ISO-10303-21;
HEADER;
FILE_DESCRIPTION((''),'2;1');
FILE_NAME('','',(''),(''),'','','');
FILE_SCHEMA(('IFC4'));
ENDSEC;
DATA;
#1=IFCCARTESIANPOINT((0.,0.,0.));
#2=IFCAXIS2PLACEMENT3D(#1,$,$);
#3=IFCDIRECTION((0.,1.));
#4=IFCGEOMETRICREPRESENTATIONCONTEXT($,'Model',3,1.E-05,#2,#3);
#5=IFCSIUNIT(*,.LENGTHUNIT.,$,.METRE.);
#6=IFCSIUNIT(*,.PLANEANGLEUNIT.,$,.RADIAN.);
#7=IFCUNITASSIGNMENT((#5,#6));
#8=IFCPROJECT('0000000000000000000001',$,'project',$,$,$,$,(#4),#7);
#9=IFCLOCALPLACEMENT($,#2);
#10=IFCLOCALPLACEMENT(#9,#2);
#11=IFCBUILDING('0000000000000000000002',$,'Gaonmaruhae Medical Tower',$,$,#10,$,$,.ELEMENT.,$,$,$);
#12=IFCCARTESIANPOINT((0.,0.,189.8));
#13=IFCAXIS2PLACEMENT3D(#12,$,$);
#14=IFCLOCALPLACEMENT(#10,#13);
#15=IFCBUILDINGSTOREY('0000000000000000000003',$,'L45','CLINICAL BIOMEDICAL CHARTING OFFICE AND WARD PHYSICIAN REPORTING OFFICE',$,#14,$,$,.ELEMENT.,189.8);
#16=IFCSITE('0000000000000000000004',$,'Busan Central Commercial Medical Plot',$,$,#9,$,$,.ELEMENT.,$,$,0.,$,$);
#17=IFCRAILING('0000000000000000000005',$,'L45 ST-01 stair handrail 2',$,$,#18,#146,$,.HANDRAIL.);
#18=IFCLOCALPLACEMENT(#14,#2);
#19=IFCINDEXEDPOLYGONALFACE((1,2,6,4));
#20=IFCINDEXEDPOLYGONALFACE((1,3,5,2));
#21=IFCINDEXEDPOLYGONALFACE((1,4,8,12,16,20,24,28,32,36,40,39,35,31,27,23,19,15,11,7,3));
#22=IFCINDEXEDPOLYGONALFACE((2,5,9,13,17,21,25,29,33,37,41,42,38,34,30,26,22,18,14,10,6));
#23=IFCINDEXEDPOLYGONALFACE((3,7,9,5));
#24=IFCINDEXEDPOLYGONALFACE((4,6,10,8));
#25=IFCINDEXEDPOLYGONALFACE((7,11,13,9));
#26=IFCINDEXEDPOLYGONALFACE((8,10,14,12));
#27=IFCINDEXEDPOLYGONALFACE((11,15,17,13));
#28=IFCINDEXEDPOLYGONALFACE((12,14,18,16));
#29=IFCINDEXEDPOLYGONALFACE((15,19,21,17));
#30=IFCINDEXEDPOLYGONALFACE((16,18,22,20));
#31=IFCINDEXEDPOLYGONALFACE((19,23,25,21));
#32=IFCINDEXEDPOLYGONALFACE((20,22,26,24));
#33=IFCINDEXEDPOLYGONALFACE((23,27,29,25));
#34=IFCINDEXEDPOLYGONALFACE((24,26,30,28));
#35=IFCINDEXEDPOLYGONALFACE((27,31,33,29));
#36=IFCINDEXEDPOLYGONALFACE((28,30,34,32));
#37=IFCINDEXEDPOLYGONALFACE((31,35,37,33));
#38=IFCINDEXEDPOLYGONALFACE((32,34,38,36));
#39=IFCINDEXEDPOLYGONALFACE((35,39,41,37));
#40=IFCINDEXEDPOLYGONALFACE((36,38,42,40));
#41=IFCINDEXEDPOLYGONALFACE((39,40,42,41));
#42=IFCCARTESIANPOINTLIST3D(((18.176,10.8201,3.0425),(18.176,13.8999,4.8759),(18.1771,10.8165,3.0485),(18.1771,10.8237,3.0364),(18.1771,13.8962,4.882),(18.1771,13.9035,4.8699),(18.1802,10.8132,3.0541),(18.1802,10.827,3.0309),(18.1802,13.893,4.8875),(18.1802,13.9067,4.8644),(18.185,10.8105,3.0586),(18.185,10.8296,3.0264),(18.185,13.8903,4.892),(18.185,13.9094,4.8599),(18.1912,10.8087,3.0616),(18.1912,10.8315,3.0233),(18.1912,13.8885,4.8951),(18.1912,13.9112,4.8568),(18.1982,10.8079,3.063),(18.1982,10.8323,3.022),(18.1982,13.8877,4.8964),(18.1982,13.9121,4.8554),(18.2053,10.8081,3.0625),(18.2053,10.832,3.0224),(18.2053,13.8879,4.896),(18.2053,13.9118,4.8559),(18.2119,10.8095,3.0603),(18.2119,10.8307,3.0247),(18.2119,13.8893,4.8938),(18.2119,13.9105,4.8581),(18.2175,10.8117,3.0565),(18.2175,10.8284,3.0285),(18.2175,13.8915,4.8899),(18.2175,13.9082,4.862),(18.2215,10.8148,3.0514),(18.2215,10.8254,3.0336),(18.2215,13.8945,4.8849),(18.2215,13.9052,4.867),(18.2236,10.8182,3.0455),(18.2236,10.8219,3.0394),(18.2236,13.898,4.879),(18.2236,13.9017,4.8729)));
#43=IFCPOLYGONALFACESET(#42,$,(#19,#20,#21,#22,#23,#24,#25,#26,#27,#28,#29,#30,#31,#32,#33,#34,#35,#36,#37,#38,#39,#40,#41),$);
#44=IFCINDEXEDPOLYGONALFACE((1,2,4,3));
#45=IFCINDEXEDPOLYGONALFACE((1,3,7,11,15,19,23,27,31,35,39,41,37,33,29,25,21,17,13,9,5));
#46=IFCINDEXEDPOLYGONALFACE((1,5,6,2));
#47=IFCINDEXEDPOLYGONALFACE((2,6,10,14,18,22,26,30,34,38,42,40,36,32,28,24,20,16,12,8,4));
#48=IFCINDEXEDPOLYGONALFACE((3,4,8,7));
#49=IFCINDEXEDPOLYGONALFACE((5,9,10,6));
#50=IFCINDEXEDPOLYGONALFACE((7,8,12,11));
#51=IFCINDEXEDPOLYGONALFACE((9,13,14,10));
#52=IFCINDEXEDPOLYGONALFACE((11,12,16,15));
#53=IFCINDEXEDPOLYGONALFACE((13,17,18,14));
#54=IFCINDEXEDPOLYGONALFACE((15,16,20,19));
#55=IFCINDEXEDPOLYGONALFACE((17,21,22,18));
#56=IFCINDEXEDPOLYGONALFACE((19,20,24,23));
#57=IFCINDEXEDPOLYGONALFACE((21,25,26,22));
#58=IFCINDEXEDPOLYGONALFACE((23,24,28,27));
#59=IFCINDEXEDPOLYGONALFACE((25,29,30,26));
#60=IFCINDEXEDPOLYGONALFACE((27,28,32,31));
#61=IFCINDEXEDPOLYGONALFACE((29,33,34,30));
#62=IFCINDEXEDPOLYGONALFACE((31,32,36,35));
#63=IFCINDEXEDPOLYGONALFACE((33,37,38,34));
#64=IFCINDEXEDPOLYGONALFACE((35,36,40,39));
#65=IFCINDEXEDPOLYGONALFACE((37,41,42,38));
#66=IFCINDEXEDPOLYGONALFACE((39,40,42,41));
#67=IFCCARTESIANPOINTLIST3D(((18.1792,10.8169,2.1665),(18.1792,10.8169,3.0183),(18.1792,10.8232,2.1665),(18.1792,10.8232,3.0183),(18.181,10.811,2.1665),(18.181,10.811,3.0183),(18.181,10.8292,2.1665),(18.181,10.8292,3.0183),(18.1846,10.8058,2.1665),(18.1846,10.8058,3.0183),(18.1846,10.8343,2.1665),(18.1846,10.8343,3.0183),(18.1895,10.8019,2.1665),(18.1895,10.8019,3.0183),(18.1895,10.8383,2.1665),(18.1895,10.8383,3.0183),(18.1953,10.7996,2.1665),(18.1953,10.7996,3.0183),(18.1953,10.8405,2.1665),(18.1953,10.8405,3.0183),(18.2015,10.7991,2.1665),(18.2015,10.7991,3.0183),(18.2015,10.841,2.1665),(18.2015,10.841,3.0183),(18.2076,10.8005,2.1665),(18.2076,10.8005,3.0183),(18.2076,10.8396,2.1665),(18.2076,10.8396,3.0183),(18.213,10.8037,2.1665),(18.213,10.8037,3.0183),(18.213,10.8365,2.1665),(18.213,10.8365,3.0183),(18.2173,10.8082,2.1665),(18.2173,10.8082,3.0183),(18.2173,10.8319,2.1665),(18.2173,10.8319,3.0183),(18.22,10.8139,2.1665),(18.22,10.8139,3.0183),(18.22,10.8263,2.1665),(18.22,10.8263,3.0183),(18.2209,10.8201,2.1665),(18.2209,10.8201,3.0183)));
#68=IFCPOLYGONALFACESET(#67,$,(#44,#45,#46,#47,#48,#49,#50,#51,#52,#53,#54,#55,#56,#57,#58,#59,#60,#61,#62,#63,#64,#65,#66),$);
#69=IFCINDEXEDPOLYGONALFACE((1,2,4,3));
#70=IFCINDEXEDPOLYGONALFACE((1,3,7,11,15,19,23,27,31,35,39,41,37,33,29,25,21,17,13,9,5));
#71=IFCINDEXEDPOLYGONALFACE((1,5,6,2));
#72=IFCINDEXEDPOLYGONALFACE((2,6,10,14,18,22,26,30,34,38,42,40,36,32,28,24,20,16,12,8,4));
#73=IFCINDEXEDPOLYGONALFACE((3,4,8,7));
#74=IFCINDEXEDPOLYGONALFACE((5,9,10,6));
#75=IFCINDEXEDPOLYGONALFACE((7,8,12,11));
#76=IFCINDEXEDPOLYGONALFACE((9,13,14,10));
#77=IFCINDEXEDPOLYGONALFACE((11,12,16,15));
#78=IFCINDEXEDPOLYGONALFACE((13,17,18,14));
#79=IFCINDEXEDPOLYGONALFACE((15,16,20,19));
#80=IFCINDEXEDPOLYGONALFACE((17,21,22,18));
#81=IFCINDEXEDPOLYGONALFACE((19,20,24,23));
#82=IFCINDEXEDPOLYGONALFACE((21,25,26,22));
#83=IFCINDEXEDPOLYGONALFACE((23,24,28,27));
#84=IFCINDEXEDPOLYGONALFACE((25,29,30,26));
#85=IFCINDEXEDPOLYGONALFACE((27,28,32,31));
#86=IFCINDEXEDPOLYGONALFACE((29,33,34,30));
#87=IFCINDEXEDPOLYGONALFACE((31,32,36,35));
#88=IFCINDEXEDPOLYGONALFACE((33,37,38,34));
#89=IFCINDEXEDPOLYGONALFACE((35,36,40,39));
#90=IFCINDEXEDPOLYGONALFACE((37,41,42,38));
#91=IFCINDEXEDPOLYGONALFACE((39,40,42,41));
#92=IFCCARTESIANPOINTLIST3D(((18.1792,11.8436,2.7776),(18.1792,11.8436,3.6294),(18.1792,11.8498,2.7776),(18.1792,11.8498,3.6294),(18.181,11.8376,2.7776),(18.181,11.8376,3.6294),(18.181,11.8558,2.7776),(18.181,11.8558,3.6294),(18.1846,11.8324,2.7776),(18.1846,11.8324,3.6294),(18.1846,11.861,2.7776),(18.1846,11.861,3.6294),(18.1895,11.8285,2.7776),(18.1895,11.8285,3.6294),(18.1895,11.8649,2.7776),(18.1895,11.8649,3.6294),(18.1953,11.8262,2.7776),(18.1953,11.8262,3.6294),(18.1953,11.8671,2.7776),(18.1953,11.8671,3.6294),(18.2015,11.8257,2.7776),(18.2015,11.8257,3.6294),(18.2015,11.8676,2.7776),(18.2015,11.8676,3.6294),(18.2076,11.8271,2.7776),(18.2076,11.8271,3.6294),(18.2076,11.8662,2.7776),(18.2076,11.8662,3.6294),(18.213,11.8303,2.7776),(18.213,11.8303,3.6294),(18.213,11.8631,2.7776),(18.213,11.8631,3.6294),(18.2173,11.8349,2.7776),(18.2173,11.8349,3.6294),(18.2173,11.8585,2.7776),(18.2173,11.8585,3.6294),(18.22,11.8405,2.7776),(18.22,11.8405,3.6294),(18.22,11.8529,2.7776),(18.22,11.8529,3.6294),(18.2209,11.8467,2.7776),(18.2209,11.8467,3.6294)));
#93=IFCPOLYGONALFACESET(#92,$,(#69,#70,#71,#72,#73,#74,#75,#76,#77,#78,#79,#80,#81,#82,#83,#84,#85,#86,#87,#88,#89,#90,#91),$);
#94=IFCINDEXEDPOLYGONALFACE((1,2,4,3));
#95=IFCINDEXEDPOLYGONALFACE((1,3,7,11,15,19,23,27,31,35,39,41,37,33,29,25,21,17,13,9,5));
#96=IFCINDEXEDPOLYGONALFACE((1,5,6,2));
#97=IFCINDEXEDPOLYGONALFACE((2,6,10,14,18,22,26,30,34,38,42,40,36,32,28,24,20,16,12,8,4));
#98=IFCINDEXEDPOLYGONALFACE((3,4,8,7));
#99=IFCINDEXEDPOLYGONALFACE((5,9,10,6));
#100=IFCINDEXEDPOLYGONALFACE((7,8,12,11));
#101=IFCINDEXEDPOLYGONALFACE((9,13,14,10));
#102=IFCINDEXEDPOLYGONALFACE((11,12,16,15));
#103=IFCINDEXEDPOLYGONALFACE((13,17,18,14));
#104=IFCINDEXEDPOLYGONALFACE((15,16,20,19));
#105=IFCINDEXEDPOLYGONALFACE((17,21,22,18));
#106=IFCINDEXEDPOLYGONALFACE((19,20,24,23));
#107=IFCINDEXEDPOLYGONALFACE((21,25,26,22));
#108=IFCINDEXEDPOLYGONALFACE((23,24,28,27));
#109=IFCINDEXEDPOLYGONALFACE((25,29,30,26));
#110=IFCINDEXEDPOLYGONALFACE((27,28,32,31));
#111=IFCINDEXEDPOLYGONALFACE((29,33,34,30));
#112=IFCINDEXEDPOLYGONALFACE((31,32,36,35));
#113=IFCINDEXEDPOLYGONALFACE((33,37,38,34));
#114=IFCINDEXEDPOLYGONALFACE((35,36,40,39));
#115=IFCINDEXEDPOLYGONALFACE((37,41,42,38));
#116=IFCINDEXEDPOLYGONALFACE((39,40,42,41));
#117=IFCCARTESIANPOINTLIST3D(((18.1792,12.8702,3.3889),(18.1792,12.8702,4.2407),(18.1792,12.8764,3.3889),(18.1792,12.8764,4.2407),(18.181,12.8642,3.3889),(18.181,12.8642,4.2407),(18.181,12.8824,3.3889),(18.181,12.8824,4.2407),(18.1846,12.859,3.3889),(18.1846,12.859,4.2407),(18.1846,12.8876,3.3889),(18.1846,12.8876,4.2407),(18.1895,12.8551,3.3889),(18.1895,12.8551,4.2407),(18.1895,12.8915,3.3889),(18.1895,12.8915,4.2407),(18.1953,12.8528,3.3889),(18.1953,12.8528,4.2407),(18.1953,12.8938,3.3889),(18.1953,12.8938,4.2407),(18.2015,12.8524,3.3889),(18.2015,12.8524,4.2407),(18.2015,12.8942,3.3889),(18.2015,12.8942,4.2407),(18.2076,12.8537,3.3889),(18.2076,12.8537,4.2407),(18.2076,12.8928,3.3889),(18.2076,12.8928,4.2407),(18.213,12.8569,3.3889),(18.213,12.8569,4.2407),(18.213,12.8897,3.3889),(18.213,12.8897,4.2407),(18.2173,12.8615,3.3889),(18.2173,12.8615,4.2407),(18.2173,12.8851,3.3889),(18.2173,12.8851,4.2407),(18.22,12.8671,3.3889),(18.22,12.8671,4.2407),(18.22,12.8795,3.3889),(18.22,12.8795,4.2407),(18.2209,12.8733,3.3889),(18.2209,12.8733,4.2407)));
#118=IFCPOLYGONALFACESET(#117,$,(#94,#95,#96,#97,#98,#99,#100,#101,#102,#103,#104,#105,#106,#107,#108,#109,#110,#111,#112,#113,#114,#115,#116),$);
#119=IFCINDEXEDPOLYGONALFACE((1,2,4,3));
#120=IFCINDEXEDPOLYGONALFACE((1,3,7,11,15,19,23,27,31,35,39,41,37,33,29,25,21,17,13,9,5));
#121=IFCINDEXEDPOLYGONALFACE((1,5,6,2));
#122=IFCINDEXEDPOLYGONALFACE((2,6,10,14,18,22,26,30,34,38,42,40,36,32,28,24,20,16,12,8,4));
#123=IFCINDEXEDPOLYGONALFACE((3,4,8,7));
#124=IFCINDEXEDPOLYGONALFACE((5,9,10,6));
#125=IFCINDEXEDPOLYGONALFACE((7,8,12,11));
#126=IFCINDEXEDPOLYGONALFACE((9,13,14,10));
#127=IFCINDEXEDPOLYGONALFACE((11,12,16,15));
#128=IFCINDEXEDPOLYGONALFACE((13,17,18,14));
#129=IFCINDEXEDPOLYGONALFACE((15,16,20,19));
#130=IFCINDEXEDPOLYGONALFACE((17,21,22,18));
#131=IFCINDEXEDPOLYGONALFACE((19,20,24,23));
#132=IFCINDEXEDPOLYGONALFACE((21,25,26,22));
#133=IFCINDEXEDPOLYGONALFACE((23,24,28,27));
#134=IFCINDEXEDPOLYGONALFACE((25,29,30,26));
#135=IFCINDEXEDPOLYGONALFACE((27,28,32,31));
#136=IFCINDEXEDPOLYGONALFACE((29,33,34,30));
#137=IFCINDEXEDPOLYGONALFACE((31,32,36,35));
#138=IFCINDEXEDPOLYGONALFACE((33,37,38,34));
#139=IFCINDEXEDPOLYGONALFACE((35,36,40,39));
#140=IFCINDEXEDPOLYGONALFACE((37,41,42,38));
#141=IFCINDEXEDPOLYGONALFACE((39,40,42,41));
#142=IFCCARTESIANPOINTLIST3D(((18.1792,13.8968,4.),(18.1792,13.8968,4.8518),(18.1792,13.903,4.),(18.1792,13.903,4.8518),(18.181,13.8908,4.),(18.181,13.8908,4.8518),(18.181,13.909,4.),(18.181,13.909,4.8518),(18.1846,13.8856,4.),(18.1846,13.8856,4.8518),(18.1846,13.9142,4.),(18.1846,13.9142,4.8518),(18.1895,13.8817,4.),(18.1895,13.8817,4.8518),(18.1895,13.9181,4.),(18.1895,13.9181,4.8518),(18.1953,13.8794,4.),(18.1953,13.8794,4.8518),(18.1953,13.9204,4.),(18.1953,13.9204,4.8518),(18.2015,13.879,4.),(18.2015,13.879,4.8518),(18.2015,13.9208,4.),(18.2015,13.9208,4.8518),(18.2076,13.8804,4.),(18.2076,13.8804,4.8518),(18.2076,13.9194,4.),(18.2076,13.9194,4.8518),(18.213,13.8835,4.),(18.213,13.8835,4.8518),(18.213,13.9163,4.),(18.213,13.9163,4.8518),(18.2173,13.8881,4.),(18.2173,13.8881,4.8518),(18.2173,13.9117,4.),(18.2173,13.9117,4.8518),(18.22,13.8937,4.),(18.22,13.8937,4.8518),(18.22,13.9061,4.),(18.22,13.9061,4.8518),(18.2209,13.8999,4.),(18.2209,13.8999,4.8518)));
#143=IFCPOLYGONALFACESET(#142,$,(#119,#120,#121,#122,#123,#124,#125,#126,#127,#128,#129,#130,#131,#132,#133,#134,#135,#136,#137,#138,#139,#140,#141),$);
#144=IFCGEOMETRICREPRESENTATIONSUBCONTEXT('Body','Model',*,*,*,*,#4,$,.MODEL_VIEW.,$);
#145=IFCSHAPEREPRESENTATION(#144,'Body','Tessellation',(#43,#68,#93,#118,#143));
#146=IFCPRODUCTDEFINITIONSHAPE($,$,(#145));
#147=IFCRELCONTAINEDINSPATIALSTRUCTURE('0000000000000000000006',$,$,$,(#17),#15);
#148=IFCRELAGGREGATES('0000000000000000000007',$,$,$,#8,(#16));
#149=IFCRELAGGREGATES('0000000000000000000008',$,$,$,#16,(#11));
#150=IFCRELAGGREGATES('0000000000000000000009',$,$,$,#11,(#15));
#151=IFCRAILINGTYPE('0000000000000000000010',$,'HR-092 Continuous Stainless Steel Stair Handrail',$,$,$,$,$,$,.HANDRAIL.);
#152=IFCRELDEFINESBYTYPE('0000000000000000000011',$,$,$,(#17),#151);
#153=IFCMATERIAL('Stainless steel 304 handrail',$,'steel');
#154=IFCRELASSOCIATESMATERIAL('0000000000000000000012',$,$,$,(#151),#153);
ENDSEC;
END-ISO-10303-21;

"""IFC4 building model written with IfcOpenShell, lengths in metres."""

from ifc_helpers import new_model, si_unit, direction, frame, origin, origin_2d, place, context, subcontext, project, spatial, circle, extrude, material, type_object, element, save


model = new_model("IFC4")

# Units and contexts
model_context = context("Model", 3, precision=1e-05, world=origin(), true_north=direction((0.0, 1.0)))
body_context = subcontext(model_context, "Body", "Model", "MODEL_VIEW")
ifc_project = project(units=[si_unit("LENGTHUNIT", "METRE"), si_unit("PLANEANGLEUNIT", "RADIAN")], contexts=[model_context])

# Site, building, storey
site_placement = place(None, origin())
site = spatial("IfcSite", under=ifc_project, at=site_placement, Name="Busan Central Commercial Medical Plot", CompositionType="ELEMENT", RefElevation=0.0)
building_placement = place(site_placement, origin())
building = spatial("IfcBuilding", under=site, at=building_placement, Name="Gaonmaruhae Medical Tower", CompositionType="ELEMENT")
storey_placement = place(building_placement, frame((0.0, 0.0, 189.8)))
storey = spatial("IfcBuildingStorey", under=building, at=storey_placement, Name="L45", Description="CLINICAL BIOMEDICAL CHARTING OFFICE AND WARD PHYSICIAN REPORTING OFFICE", CompositionType="ELEMENT", Elevation=189.8)

# Railing
ifc_material_1 = material(Name="Stainless steel 304 handrail", Category="steel")
railing_type_1 = type_object("IfcRailingType", Name="HR-092 Continuous Stainless Steel Stair Handrail", PredefinedType="HANDRAIL", material=ifc_material_1)
railing_1_placement = place(storey_placement, frame((18.2, 10.8201, 2.1665)))
element("IfcRailing", 1, at=railing_1_placement, inside=storey, type_object=railing_type_1, Name="L45 ST-01 stair handrail 2", PredefinedType="HANDRAIL", context=body_context, shape_type="SweptSolid", body=[
    extrude(circle(Radius=0.0239, at=origin_2d()), frame((0.0, 0.0, 0.876), z_axis=(0.0, 0.859261, 0.511538), x_axis=(-1.0, 0.0, 0.0)), (0.0, 0.0, 1.0), 3.5842),
    extrude(circle(Radius=0.021, at=origin_2d()), origin(), (0.0, 0.0, 1.0), 0.8518),
    extrude(circle(Radius=0.021, at=origin_2d()), frame((0.0, 1.0266, 0.6111)), (0.0, 0.0, 1.0), 0.8518),
    extrude(circle(Radius=0.021, at=origin_2d()), frame((0.0, 2.0532, 1.2224)), (0.0, 0.0, 1.0), 0.8518),
    extrude(circle(Radius=0.021, at=origin_2d()), frame((0.0, 3.0798, 1.8335)), (0.0, 0.0, 1.0), 0.8518),
])

save(model, "model.ifc")
